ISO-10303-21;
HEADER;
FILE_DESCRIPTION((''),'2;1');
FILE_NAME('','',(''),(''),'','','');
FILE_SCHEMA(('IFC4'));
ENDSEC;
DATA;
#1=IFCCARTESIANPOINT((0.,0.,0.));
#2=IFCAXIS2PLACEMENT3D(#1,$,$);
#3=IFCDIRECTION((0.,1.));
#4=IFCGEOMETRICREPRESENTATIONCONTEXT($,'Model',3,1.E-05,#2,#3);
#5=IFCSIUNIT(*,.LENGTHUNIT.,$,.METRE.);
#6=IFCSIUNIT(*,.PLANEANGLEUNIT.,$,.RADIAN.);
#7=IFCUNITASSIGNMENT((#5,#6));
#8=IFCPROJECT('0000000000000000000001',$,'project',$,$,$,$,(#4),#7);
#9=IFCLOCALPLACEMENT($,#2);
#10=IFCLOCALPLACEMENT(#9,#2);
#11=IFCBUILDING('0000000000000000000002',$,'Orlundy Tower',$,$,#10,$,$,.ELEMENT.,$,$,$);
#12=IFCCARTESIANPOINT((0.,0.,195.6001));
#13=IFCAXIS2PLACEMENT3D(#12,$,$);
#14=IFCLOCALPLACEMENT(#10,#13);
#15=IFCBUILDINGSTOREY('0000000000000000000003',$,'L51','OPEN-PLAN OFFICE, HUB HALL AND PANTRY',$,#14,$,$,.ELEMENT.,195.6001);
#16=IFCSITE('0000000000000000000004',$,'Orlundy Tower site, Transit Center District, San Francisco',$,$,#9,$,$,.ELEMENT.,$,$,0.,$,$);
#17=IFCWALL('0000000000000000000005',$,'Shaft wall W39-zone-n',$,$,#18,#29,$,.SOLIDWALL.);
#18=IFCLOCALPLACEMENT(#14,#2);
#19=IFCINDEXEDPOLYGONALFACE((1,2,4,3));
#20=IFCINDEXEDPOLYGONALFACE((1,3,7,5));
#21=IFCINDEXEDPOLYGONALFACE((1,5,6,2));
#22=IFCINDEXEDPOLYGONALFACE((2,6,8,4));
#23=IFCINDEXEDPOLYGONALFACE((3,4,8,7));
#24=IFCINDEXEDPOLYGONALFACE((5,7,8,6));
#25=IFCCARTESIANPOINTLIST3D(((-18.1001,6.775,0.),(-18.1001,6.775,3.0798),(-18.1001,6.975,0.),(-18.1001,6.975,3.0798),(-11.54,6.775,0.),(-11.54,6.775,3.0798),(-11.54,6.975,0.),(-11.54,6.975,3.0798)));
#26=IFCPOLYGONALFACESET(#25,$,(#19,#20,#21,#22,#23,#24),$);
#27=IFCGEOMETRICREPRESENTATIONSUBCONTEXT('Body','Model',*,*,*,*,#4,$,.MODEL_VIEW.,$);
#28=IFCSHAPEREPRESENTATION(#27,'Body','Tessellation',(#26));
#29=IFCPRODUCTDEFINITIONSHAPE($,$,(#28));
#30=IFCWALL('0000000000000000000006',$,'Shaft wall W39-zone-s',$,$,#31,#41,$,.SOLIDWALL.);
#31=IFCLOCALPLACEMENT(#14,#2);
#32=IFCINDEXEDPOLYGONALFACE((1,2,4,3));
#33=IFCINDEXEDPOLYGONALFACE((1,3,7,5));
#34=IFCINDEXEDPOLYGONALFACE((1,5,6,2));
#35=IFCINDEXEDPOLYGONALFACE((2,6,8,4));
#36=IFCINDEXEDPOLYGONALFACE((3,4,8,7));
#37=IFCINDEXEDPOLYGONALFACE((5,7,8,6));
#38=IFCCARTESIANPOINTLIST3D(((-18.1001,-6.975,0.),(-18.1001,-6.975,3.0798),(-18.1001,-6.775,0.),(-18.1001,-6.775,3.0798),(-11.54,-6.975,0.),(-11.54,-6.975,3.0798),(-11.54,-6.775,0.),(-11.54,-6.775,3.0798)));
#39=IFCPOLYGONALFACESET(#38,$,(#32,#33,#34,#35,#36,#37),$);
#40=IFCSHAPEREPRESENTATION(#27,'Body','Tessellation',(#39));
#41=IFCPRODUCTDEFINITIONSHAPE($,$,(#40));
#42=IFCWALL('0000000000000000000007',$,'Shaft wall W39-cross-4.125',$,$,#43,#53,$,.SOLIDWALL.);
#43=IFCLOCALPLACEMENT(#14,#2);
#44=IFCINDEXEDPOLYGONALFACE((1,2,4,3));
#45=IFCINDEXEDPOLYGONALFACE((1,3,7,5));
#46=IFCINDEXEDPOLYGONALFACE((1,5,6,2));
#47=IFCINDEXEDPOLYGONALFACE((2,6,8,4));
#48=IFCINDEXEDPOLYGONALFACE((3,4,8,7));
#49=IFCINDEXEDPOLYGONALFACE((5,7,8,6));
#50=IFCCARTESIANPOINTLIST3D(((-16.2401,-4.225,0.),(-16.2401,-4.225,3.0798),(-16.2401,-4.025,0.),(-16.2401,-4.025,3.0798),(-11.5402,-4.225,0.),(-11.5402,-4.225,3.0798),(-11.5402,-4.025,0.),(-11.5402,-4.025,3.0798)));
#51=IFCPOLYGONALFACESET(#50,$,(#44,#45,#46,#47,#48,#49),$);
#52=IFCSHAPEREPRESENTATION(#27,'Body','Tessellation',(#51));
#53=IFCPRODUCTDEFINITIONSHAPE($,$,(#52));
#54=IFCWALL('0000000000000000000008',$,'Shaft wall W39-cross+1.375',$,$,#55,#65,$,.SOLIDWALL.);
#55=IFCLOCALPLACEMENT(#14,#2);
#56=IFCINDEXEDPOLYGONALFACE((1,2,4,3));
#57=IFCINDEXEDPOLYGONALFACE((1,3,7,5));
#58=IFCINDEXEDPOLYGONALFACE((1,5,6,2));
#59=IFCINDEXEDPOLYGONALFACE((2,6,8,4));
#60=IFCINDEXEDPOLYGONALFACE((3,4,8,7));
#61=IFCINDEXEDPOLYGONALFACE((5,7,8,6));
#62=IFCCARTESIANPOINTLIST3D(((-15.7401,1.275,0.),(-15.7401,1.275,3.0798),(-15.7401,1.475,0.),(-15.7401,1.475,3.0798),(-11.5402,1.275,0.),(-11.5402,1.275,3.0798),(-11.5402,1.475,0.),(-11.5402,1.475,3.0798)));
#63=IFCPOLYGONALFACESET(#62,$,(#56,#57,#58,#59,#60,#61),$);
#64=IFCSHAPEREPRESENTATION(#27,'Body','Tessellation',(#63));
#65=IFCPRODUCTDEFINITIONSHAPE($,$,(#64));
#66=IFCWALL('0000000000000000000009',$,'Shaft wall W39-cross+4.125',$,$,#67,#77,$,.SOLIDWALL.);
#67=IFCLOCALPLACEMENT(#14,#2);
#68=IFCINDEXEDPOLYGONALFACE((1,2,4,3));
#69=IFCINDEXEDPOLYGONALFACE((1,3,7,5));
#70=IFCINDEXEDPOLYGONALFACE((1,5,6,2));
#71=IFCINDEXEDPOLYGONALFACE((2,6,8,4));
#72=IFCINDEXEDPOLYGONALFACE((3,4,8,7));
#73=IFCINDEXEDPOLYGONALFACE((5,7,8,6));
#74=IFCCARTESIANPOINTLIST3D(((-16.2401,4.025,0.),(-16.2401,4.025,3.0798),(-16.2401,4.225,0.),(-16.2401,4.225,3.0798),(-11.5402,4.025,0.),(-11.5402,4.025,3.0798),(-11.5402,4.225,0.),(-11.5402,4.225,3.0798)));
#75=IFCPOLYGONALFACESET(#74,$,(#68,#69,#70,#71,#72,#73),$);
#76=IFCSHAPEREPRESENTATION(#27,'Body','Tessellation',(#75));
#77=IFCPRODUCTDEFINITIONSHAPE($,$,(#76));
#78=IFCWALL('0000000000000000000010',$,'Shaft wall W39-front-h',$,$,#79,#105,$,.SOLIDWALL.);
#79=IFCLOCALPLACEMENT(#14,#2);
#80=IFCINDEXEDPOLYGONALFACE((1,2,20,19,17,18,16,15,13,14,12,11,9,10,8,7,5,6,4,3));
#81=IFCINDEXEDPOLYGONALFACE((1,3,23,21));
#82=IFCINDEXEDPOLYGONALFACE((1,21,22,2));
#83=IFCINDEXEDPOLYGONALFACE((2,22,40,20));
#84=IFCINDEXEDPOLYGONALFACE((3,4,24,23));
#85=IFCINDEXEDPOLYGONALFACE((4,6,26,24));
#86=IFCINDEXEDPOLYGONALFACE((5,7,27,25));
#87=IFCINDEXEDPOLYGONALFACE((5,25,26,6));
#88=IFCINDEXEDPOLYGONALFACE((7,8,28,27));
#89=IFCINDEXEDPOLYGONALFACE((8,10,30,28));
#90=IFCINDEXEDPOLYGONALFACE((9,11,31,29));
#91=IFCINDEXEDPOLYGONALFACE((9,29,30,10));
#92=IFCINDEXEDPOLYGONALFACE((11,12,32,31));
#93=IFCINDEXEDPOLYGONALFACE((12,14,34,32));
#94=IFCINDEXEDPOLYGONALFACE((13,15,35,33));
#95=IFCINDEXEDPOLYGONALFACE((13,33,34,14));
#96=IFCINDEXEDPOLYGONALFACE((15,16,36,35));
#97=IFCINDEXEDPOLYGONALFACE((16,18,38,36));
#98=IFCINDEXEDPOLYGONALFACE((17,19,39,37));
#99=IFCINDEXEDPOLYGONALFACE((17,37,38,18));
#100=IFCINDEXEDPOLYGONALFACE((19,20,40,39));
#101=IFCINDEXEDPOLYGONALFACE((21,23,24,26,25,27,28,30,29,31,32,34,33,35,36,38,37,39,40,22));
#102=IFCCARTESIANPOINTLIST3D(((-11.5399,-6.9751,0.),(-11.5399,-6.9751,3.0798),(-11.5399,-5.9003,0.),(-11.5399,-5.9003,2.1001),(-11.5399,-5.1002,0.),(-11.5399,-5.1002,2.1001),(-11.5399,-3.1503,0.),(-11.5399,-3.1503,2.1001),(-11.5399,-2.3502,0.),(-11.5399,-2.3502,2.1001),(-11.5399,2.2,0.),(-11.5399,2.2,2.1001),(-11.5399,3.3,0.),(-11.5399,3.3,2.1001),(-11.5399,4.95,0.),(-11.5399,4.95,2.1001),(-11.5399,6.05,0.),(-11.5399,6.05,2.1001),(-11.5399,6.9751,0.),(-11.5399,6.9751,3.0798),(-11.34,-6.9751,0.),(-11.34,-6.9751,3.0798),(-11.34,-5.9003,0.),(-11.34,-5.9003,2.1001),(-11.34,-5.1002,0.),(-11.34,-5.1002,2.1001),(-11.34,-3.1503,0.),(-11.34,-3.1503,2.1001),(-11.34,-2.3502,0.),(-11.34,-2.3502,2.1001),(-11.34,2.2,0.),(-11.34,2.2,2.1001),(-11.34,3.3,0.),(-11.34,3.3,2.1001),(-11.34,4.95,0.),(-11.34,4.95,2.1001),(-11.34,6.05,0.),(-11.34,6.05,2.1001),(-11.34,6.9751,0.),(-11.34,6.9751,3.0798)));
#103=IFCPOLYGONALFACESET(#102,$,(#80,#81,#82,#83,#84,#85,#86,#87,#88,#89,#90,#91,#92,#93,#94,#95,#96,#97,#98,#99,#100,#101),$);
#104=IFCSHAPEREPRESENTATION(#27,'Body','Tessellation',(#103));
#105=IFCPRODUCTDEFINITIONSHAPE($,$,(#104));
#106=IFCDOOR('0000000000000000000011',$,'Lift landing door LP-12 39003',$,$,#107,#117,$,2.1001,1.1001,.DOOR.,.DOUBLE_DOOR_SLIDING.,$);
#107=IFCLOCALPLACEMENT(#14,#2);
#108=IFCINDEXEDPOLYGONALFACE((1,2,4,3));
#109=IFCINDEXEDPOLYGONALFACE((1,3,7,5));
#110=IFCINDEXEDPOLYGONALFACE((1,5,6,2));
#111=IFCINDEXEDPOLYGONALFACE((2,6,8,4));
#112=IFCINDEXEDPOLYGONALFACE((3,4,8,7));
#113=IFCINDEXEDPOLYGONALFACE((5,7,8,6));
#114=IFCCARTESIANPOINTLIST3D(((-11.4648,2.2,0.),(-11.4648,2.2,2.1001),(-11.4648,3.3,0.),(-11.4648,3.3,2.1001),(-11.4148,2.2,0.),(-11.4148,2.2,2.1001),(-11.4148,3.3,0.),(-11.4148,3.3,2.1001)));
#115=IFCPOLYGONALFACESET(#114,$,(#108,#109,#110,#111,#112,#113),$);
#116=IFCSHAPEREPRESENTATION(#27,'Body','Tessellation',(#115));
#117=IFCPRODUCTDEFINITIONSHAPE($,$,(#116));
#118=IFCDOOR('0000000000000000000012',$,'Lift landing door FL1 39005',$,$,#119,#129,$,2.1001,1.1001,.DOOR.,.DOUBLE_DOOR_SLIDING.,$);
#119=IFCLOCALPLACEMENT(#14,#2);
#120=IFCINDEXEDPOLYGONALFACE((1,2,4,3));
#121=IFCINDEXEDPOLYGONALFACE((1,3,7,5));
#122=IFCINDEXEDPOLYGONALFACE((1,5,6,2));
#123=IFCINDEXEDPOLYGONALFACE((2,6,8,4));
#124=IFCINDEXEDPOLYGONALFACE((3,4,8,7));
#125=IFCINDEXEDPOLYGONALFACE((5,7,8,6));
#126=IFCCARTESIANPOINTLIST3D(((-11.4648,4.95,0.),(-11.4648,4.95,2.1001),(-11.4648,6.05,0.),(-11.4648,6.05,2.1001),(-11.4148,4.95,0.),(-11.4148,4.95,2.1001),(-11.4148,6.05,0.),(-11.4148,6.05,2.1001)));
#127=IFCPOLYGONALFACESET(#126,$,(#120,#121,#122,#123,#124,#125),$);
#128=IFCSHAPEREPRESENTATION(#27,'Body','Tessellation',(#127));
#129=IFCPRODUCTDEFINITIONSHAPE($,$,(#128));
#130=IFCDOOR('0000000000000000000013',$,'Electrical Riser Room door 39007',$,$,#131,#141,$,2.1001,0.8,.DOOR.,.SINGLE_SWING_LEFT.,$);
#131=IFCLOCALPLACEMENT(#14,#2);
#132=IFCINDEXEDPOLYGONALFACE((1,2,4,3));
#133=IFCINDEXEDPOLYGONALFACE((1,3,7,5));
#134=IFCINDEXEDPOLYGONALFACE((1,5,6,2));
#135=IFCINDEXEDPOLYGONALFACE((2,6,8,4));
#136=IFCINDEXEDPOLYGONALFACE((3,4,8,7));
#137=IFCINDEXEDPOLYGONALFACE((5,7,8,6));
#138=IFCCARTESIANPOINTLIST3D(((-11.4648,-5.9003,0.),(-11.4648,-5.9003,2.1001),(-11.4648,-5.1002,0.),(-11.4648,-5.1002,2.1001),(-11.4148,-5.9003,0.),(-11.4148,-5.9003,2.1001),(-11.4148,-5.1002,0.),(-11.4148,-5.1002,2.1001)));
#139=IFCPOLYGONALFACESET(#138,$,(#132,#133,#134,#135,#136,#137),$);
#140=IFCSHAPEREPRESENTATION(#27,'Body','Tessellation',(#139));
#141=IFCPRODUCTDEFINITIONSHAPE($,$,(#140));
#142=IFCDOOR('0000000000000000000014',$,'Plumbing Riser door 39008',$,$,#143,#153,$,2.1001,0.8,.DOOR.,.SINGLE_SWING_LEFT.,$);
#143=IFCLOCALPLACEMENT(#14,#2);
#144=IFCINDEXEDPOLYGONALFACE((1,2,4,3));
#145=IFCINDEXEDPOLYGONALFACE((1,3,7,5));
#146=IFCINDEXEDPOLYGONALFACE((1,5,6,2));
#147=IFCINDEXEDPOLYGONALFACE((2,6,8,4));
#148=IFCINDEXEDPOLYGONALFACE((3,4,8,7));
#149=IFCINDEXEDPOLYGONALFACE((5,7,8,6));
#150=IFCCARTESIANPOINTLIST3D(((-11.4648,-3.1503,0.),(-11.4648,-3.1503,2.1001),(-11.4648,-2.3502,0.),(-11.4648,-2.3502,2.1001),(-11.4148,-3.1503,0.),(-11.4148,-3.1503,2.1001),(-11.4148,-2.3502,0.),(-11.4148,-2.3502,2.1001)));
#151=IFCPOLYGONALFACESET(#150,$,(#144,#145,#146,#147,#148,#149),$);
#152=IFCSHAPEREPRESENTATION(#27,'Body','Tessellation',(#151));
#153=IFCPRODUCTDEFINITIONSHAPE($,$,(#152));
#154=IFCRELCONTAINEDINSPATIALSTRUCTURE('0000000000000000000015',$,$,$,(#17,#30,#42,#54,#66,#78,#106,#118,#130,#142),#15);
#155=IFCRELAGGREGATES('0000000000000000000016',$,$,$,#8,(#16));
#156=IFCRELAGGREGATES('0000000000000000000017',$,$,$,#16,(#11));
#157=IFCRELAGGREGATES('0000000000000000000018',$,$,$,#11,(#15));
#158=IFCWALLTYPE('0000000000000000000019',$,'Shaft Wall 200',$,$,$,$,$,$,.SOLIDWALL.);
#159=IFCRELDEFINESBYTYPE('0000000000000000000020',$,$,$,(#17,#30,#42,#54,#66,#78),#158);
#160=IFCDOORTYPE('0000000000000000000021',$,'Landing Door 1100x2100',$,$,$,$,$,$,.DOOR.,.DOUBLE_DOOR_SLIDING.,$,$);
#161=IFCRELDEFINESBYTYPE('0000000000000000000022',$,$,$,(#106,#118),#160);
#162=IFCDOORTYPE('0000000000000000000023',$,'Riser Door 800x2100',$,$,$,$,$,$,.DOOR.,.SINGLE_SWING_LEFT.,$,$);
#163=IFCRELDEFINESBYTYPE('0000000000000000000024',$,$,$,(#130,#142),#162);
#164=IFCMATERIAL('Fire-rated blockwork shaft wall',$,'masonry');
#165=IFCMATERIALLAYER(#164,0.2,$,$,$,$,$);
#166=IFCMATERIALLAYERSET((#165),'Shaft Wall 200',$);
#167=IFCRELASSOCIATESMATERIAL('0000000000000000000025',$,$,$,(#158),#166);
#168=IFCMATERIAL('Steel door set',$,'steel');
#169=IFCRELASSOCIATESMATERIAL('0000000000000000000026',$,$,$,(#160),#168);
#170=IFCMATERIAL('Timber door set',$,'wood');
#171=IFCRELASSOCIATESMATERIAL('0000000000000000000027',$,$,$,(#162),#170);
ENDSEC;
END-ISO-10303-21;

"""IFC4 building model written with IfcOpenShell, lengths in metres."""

from ifc_helpers import new_model, si_unit, direction, frame, frame_2d, origin, place, context, subcontext, project, spatial, rectangle, extrude, material, layer, layer_set, type_object, element, fill, save


model = new_model("IFC4")

# Units and contexts
model_context = context("Model", 3, precision=1e-05, world=origin(), true_north=direction((0.0, 1.0)))
body_context = subcontext(model_context, "Body", "Model", "MODEL_VIEW")
ifc_project = project(units=[si_unit("LENGTHUNIT", "METRE"), si_unit("PLANEANGLEUNIT", "RADIAN")], contexts=[model_context])

# Site, building, storey
site_placement = place(None, origin())
site = spatial("IfcSite", under=ifc_project, at=site_placement, Name="Orlundy Tower site, Transit Center District, San Francisco", CompositionType="ELEMENT", RefElevation=0.0)
building_placement = place(site_placement, origin())
building = spatial("IfcBuilding", under=site, at=building_placement, Name="Orlundy Tower", CompositionType="ELEMENT")
storey_placement = place(building_placement, frame((0.0, 0.0, 195.6001)))
storey = spatial("IfcBuildingStorey", under=building, at=storey_placement, Name="L51", Description="OPEN-PLAN OFFICE, HUB HALL AND PANTRY", CompositionType="ELEMENT", Elevation=195.6001)

# Walls
ifc_material_1 = material(Name="Fire-rated blockwork shaft wall", Category="masonry")
ifc_layer_1 = layer(ifc_material_1, 0.2)
ifc_layer_set_1 = layer_set([ifc_layer_1], Name="Shaft Wall 200")
wall_type_1 = type_object("IfcWallType", Name="Shaft Wall 200", PredefinedType="SOLIDWALL", material=ifc_layer_set_1)
for number, where, z_axis, x_axis, name in (
    (1, (-11.54, 6.875, 0.0), (0.0, 0.0, 1.0), (-1.0, 0.0, 0.0), "Shaft wall W39-zone-n"),
    (2, (-11.54, -6.875, 0.0), (0.0, 0.0, 1.0), (-1.0, 0.0, 0.0), "Shaft wall W39-zone-s"),
):
    element("IfcWall", number, at=place(storey_placement, frame(where, z_axis=z_axis, x_axis=x_axis)), inside=storey, type_object=wall_type_1, Name=name, PredefinedType="SOLIDWALL", context=body_context, shape_type="SweptSolid", body=[
        extrude(rectangle(XDim=6.5601, YDim=0.2, at=frame_2d((3.28, 0.0))), origin(), (0.0, 0.0, 1.0), 3.0798),
    ])
wall_1_placement = place(storey_placement, frame((-11.54, -4.125, 0.0), z_axis=(0.0, 0.0, 1.0), x_axis=(-1.0, 0.0, 0.0)))
element("IfcWall", 3, at=wall_1_placement, inside=storey, type_object=wall_type_1, Name="Shaft wall W39-cross-4.125", PredefinedType="SOLIDWALL", context=body_context, shape_type="SweptSolid", body=[
    extrude(rectangle(XDim=4.7, YDim=0.2, at=frame_2d((2.3501, 0.0))), origin(), (0.0, 0.0, 1.0), 3.0798),
])
wall_2_placement = place(storey_placement, frame((-11.54, 1.375, 0.0), z_axis=(0.0, 0.0, 1.0), x_axis=(-1.0, 0.0, 0.0)))
element("IfcWall", 4, at=wall_2_placement, inside=storey, type_object=wall_type_1, Name="Shaft wall W39-cross+1.375", PredefinedType="SOLIDWALL", context=body_context, shape_type="SweptSolid", body=[
    extrude(rectangle(XDim=4.2, YDim=0.2, at=frame_2d((2.1001, 0.0))), origin(), (0.0, 0.0, 1.0), 3.0798),
])
wall_3_placement = place(storey_placement, frame((-11.54, 4.125, 0.0), z_axis=(0.0, 0.0, 1.0), x_axis=(-1.0, 0.0, 0.0)))
element("IfcWall", 5, at=wall_3_placement, inside=storey, type_object=wall_type_1, Name="Shaft wall W39-cross+4.125", PredefinedType="SOLIDWALL", context=body_context, shape_type="SweptSolid", body=[
    extrude(rectangle(XDim=4.7, YDim=0.2, at=frame_2d((2.3501, 0.0))), origin(), (0.0, 0.0, 1.0), 3.0798),
])

# Wall, openings, doors
wall_4_placement = place(storey_placement, frame((-11.4399, -6.9751, 0.0), z_axis=(0.0, 0.0, 1.0), x_axis=(0.0, 1.0, 0.0)))
wall_4 = element("IfcWall", 6, at=wall_4_placement, inside=storey, type_object=wall_type_1, Name="Shaft wall W39-front-h", PredefinedType="SOLIDWALL", context=body_context, shape_type="SweptSolid", body=[
    extrude(rectangle(XDim=13.9502, YDim=0.2, at=frame_2d((6.9751, 0.0))), origin(), (0.0, 0.0, 1.0), 3.0798),
])
opening_1_placement = place(wall_4_placement, frame((9.175, 0.0, 0.0)))
opening_1 = element("IfcOpeningElement", 7, at=opening_1_placement, cuts=wall_4, PredefinedType="OPENING", context=body_context, shape_type="SweptSolid", body=[
    extrude(rectangle(XDim=1.1001, YDim=2.1001, at=frame_2d((0.55, 1.05))), frame((0.0, 0.1101, 0.0), z_axis=(0.0, -1.0, 0.0), x_axis=(1.0, 0.0, 0.0)), (0.0, 0.0, 1.0), 0.2202),
])
opening_2_placement = place(wall_4_placement, frame((11.925, 0.0, 0.0)))
opening_2 = element("IfcOpeningElement", 8, at=opening_2_placement, cuts=wall_4, PredefinedType="OPENING", context=body_context, shape_type="SweptSolid", body=[
    extrude(rectangle(XDim=1.1001, YDim=2.1001, at=frame_2d((0.55, 1.05))), frame((0.0, 0.1101, 0.0), z_axis=(0.0, -1.0, 0.0), x_axis=(1.0, 0.0, 0.0)), (0.0, 0.0, 1.0), 0.2202),
])
opening_3_placement = place(wall_4_placement, frame((1.075, 0.0, 0.0)))
opening_3 = element("IfcOpeningElement", 9, at=opening_3_placement, cuts=wall_4, PredefinedType="OPENING", context=body_context, shape_type="SweptSolid", body=[
    extrude(rectangle(XDim=0.8, YDim=2.1001, at=frame_2d((0.3999, 1.05))), frame((0.0, 0.1101, 0.0), z_axis=(0.0, -1.0, 0.0), x_axis=(1.0, 0.0, 0.0)), (0.0, 0.0, 1.0), 0.2202),
])
opening_4_placement = place(wall_4_placement, frame((3.825, 0.0, 0.0)))
opening_4 = element("IfcOpeningElement", 10, at=opening_4_placement, cuts=wall_4, PredefinedType="OPENING", context=body_context, shape_type="SweptSolid", body=[
    extrude(rectangle(XDim=0.8, YDim=2.1001, at=frame_2d((0.3999, 1.05))), frame((0.0, 0.1101, 0.0), z_axis=(0.0, -1.0, 0.0), x_axis=(1.0, 0.0, 0.0)), (0.0, 0.0, 1.0), 0.2202),
])
ifc_material_2 = material(Name="Steel door set", Category="steel")
door_type_1 = type_object("IfcDoorType", Name="Landing Door 1100x2100", OperationType="DOUBLE_DOOR_SLIDING", PredefinedType="DOOR", material=ifc_material_2)
door_1_placement = place(opening_1_placement, origin())
door_1 = element("IfcDoor", 11, at=door_1_placement, inside=storey, type_object=door_type_1, Name="Lift landing door LP-12 39003", OperationType="DOUBLE_DOOR_SLIDING", OverallHeight=2.1001, OverallWidth=1.1001, PredefinedType="DOOR", context=body_context, shape_type="SweptSolid", body=[
    extrude(rectangle(XDim=1.1001, YDim=2.1001, at=frame_2d((0.55, 1.05))), frame((0.0, 0.0249, 0.0), z_axis=(0.0, -1.0, 0.0), x_axis=(1.0, 0.0, 0.0)), (0.0, 0.0, 1.0), 0.05),
])
fill(opening_1, door_1)
door_2_placement = place(opening_2_placement, origin())
door_2 = element("IfcDoor", 12, at=door_2_placement, inside=storey, type_object=door_type_1, Name="Lift landing door FL1 39005", OperationType="DOUBLE_DOOR_SLIDING", OverallHeight=2.1001, OverallWidth=1.1001, PredefinedType="DOOR", context=body_context, shape_type="SweptSolid", body=[
    extrude(rectangle(XDim=1.1001, YDim=2.1001, at=frame_2d((0.55, 1.05))), frame((0.0, 0.0249, 0.0), z_axis=(0.0, -1.0, 0.0), x_axis=(1.0, 0.0, 0.0)), (0.0, 0.0, 1.0), 0.05),
])
fill(opening_2, door_2)
ifc_material_3 = material(Name="Timber door set", Category="wood")
door_type_2 = type_object("IfcDoorType", Name="Riser Door 800x2100", OperationType="SINGLE_SWING_LEFT", PredefinedType="DOOR", material=ifc_material_3)
door_3_placement = place(opening_3_placement, origin())
door_3 = element("IfcDoor", 13, at=door_3_placement, inside=storey, type_object=door_type_2, Name="Electrical Riser Room door 39007", OperationType="SINGLE_SWING_LEFT", OverallHeight=2.1001, OverallWidth=0.8, PredefinedType="DOOR", context=body_context, shape_type="SweptSolid", body=[
    extrude(rectangle(XDim=0.8, YDim=2.1001, at=frame_2d((0.3999, 1.05))), frame((0.0, 0.0249, 0.0), z_axis=(0.0, -1.0, 0.0), x_axis=(1.0, 0.0, 0.0)), (0.0, 0.0, 1.0), 0.05),
])
fill(opening_3, door_3)
door_4_placement = place(opening_4_placement, origin())
door_4 = element("IfcDoor", 14, at=door_4_placement, inside=storey, type_object=door_type_2, Name="Plumbing Riser door 39008", OperationType="SINGLE_SWING_LEFT", OverallHeight=2.1001, OverallWidth=0.8, PredefinedType="DOOR", context=body_context, shape_type="SweptSolid", body=[
    extrude(rectangle(XDim=0.8, YDim=2.1001, at=frame_2d((0.3999, 1.05))), frame((0.0, 0.0249, 0.0), z_axis=(0.0, -1.0, 0.0), x_axis=(1.0, 0.0, 0.0)), (0.0, 0.0, 1.0), 0.05),
])
fill(opening_4, door_4)

save(model, "model.ifc")
